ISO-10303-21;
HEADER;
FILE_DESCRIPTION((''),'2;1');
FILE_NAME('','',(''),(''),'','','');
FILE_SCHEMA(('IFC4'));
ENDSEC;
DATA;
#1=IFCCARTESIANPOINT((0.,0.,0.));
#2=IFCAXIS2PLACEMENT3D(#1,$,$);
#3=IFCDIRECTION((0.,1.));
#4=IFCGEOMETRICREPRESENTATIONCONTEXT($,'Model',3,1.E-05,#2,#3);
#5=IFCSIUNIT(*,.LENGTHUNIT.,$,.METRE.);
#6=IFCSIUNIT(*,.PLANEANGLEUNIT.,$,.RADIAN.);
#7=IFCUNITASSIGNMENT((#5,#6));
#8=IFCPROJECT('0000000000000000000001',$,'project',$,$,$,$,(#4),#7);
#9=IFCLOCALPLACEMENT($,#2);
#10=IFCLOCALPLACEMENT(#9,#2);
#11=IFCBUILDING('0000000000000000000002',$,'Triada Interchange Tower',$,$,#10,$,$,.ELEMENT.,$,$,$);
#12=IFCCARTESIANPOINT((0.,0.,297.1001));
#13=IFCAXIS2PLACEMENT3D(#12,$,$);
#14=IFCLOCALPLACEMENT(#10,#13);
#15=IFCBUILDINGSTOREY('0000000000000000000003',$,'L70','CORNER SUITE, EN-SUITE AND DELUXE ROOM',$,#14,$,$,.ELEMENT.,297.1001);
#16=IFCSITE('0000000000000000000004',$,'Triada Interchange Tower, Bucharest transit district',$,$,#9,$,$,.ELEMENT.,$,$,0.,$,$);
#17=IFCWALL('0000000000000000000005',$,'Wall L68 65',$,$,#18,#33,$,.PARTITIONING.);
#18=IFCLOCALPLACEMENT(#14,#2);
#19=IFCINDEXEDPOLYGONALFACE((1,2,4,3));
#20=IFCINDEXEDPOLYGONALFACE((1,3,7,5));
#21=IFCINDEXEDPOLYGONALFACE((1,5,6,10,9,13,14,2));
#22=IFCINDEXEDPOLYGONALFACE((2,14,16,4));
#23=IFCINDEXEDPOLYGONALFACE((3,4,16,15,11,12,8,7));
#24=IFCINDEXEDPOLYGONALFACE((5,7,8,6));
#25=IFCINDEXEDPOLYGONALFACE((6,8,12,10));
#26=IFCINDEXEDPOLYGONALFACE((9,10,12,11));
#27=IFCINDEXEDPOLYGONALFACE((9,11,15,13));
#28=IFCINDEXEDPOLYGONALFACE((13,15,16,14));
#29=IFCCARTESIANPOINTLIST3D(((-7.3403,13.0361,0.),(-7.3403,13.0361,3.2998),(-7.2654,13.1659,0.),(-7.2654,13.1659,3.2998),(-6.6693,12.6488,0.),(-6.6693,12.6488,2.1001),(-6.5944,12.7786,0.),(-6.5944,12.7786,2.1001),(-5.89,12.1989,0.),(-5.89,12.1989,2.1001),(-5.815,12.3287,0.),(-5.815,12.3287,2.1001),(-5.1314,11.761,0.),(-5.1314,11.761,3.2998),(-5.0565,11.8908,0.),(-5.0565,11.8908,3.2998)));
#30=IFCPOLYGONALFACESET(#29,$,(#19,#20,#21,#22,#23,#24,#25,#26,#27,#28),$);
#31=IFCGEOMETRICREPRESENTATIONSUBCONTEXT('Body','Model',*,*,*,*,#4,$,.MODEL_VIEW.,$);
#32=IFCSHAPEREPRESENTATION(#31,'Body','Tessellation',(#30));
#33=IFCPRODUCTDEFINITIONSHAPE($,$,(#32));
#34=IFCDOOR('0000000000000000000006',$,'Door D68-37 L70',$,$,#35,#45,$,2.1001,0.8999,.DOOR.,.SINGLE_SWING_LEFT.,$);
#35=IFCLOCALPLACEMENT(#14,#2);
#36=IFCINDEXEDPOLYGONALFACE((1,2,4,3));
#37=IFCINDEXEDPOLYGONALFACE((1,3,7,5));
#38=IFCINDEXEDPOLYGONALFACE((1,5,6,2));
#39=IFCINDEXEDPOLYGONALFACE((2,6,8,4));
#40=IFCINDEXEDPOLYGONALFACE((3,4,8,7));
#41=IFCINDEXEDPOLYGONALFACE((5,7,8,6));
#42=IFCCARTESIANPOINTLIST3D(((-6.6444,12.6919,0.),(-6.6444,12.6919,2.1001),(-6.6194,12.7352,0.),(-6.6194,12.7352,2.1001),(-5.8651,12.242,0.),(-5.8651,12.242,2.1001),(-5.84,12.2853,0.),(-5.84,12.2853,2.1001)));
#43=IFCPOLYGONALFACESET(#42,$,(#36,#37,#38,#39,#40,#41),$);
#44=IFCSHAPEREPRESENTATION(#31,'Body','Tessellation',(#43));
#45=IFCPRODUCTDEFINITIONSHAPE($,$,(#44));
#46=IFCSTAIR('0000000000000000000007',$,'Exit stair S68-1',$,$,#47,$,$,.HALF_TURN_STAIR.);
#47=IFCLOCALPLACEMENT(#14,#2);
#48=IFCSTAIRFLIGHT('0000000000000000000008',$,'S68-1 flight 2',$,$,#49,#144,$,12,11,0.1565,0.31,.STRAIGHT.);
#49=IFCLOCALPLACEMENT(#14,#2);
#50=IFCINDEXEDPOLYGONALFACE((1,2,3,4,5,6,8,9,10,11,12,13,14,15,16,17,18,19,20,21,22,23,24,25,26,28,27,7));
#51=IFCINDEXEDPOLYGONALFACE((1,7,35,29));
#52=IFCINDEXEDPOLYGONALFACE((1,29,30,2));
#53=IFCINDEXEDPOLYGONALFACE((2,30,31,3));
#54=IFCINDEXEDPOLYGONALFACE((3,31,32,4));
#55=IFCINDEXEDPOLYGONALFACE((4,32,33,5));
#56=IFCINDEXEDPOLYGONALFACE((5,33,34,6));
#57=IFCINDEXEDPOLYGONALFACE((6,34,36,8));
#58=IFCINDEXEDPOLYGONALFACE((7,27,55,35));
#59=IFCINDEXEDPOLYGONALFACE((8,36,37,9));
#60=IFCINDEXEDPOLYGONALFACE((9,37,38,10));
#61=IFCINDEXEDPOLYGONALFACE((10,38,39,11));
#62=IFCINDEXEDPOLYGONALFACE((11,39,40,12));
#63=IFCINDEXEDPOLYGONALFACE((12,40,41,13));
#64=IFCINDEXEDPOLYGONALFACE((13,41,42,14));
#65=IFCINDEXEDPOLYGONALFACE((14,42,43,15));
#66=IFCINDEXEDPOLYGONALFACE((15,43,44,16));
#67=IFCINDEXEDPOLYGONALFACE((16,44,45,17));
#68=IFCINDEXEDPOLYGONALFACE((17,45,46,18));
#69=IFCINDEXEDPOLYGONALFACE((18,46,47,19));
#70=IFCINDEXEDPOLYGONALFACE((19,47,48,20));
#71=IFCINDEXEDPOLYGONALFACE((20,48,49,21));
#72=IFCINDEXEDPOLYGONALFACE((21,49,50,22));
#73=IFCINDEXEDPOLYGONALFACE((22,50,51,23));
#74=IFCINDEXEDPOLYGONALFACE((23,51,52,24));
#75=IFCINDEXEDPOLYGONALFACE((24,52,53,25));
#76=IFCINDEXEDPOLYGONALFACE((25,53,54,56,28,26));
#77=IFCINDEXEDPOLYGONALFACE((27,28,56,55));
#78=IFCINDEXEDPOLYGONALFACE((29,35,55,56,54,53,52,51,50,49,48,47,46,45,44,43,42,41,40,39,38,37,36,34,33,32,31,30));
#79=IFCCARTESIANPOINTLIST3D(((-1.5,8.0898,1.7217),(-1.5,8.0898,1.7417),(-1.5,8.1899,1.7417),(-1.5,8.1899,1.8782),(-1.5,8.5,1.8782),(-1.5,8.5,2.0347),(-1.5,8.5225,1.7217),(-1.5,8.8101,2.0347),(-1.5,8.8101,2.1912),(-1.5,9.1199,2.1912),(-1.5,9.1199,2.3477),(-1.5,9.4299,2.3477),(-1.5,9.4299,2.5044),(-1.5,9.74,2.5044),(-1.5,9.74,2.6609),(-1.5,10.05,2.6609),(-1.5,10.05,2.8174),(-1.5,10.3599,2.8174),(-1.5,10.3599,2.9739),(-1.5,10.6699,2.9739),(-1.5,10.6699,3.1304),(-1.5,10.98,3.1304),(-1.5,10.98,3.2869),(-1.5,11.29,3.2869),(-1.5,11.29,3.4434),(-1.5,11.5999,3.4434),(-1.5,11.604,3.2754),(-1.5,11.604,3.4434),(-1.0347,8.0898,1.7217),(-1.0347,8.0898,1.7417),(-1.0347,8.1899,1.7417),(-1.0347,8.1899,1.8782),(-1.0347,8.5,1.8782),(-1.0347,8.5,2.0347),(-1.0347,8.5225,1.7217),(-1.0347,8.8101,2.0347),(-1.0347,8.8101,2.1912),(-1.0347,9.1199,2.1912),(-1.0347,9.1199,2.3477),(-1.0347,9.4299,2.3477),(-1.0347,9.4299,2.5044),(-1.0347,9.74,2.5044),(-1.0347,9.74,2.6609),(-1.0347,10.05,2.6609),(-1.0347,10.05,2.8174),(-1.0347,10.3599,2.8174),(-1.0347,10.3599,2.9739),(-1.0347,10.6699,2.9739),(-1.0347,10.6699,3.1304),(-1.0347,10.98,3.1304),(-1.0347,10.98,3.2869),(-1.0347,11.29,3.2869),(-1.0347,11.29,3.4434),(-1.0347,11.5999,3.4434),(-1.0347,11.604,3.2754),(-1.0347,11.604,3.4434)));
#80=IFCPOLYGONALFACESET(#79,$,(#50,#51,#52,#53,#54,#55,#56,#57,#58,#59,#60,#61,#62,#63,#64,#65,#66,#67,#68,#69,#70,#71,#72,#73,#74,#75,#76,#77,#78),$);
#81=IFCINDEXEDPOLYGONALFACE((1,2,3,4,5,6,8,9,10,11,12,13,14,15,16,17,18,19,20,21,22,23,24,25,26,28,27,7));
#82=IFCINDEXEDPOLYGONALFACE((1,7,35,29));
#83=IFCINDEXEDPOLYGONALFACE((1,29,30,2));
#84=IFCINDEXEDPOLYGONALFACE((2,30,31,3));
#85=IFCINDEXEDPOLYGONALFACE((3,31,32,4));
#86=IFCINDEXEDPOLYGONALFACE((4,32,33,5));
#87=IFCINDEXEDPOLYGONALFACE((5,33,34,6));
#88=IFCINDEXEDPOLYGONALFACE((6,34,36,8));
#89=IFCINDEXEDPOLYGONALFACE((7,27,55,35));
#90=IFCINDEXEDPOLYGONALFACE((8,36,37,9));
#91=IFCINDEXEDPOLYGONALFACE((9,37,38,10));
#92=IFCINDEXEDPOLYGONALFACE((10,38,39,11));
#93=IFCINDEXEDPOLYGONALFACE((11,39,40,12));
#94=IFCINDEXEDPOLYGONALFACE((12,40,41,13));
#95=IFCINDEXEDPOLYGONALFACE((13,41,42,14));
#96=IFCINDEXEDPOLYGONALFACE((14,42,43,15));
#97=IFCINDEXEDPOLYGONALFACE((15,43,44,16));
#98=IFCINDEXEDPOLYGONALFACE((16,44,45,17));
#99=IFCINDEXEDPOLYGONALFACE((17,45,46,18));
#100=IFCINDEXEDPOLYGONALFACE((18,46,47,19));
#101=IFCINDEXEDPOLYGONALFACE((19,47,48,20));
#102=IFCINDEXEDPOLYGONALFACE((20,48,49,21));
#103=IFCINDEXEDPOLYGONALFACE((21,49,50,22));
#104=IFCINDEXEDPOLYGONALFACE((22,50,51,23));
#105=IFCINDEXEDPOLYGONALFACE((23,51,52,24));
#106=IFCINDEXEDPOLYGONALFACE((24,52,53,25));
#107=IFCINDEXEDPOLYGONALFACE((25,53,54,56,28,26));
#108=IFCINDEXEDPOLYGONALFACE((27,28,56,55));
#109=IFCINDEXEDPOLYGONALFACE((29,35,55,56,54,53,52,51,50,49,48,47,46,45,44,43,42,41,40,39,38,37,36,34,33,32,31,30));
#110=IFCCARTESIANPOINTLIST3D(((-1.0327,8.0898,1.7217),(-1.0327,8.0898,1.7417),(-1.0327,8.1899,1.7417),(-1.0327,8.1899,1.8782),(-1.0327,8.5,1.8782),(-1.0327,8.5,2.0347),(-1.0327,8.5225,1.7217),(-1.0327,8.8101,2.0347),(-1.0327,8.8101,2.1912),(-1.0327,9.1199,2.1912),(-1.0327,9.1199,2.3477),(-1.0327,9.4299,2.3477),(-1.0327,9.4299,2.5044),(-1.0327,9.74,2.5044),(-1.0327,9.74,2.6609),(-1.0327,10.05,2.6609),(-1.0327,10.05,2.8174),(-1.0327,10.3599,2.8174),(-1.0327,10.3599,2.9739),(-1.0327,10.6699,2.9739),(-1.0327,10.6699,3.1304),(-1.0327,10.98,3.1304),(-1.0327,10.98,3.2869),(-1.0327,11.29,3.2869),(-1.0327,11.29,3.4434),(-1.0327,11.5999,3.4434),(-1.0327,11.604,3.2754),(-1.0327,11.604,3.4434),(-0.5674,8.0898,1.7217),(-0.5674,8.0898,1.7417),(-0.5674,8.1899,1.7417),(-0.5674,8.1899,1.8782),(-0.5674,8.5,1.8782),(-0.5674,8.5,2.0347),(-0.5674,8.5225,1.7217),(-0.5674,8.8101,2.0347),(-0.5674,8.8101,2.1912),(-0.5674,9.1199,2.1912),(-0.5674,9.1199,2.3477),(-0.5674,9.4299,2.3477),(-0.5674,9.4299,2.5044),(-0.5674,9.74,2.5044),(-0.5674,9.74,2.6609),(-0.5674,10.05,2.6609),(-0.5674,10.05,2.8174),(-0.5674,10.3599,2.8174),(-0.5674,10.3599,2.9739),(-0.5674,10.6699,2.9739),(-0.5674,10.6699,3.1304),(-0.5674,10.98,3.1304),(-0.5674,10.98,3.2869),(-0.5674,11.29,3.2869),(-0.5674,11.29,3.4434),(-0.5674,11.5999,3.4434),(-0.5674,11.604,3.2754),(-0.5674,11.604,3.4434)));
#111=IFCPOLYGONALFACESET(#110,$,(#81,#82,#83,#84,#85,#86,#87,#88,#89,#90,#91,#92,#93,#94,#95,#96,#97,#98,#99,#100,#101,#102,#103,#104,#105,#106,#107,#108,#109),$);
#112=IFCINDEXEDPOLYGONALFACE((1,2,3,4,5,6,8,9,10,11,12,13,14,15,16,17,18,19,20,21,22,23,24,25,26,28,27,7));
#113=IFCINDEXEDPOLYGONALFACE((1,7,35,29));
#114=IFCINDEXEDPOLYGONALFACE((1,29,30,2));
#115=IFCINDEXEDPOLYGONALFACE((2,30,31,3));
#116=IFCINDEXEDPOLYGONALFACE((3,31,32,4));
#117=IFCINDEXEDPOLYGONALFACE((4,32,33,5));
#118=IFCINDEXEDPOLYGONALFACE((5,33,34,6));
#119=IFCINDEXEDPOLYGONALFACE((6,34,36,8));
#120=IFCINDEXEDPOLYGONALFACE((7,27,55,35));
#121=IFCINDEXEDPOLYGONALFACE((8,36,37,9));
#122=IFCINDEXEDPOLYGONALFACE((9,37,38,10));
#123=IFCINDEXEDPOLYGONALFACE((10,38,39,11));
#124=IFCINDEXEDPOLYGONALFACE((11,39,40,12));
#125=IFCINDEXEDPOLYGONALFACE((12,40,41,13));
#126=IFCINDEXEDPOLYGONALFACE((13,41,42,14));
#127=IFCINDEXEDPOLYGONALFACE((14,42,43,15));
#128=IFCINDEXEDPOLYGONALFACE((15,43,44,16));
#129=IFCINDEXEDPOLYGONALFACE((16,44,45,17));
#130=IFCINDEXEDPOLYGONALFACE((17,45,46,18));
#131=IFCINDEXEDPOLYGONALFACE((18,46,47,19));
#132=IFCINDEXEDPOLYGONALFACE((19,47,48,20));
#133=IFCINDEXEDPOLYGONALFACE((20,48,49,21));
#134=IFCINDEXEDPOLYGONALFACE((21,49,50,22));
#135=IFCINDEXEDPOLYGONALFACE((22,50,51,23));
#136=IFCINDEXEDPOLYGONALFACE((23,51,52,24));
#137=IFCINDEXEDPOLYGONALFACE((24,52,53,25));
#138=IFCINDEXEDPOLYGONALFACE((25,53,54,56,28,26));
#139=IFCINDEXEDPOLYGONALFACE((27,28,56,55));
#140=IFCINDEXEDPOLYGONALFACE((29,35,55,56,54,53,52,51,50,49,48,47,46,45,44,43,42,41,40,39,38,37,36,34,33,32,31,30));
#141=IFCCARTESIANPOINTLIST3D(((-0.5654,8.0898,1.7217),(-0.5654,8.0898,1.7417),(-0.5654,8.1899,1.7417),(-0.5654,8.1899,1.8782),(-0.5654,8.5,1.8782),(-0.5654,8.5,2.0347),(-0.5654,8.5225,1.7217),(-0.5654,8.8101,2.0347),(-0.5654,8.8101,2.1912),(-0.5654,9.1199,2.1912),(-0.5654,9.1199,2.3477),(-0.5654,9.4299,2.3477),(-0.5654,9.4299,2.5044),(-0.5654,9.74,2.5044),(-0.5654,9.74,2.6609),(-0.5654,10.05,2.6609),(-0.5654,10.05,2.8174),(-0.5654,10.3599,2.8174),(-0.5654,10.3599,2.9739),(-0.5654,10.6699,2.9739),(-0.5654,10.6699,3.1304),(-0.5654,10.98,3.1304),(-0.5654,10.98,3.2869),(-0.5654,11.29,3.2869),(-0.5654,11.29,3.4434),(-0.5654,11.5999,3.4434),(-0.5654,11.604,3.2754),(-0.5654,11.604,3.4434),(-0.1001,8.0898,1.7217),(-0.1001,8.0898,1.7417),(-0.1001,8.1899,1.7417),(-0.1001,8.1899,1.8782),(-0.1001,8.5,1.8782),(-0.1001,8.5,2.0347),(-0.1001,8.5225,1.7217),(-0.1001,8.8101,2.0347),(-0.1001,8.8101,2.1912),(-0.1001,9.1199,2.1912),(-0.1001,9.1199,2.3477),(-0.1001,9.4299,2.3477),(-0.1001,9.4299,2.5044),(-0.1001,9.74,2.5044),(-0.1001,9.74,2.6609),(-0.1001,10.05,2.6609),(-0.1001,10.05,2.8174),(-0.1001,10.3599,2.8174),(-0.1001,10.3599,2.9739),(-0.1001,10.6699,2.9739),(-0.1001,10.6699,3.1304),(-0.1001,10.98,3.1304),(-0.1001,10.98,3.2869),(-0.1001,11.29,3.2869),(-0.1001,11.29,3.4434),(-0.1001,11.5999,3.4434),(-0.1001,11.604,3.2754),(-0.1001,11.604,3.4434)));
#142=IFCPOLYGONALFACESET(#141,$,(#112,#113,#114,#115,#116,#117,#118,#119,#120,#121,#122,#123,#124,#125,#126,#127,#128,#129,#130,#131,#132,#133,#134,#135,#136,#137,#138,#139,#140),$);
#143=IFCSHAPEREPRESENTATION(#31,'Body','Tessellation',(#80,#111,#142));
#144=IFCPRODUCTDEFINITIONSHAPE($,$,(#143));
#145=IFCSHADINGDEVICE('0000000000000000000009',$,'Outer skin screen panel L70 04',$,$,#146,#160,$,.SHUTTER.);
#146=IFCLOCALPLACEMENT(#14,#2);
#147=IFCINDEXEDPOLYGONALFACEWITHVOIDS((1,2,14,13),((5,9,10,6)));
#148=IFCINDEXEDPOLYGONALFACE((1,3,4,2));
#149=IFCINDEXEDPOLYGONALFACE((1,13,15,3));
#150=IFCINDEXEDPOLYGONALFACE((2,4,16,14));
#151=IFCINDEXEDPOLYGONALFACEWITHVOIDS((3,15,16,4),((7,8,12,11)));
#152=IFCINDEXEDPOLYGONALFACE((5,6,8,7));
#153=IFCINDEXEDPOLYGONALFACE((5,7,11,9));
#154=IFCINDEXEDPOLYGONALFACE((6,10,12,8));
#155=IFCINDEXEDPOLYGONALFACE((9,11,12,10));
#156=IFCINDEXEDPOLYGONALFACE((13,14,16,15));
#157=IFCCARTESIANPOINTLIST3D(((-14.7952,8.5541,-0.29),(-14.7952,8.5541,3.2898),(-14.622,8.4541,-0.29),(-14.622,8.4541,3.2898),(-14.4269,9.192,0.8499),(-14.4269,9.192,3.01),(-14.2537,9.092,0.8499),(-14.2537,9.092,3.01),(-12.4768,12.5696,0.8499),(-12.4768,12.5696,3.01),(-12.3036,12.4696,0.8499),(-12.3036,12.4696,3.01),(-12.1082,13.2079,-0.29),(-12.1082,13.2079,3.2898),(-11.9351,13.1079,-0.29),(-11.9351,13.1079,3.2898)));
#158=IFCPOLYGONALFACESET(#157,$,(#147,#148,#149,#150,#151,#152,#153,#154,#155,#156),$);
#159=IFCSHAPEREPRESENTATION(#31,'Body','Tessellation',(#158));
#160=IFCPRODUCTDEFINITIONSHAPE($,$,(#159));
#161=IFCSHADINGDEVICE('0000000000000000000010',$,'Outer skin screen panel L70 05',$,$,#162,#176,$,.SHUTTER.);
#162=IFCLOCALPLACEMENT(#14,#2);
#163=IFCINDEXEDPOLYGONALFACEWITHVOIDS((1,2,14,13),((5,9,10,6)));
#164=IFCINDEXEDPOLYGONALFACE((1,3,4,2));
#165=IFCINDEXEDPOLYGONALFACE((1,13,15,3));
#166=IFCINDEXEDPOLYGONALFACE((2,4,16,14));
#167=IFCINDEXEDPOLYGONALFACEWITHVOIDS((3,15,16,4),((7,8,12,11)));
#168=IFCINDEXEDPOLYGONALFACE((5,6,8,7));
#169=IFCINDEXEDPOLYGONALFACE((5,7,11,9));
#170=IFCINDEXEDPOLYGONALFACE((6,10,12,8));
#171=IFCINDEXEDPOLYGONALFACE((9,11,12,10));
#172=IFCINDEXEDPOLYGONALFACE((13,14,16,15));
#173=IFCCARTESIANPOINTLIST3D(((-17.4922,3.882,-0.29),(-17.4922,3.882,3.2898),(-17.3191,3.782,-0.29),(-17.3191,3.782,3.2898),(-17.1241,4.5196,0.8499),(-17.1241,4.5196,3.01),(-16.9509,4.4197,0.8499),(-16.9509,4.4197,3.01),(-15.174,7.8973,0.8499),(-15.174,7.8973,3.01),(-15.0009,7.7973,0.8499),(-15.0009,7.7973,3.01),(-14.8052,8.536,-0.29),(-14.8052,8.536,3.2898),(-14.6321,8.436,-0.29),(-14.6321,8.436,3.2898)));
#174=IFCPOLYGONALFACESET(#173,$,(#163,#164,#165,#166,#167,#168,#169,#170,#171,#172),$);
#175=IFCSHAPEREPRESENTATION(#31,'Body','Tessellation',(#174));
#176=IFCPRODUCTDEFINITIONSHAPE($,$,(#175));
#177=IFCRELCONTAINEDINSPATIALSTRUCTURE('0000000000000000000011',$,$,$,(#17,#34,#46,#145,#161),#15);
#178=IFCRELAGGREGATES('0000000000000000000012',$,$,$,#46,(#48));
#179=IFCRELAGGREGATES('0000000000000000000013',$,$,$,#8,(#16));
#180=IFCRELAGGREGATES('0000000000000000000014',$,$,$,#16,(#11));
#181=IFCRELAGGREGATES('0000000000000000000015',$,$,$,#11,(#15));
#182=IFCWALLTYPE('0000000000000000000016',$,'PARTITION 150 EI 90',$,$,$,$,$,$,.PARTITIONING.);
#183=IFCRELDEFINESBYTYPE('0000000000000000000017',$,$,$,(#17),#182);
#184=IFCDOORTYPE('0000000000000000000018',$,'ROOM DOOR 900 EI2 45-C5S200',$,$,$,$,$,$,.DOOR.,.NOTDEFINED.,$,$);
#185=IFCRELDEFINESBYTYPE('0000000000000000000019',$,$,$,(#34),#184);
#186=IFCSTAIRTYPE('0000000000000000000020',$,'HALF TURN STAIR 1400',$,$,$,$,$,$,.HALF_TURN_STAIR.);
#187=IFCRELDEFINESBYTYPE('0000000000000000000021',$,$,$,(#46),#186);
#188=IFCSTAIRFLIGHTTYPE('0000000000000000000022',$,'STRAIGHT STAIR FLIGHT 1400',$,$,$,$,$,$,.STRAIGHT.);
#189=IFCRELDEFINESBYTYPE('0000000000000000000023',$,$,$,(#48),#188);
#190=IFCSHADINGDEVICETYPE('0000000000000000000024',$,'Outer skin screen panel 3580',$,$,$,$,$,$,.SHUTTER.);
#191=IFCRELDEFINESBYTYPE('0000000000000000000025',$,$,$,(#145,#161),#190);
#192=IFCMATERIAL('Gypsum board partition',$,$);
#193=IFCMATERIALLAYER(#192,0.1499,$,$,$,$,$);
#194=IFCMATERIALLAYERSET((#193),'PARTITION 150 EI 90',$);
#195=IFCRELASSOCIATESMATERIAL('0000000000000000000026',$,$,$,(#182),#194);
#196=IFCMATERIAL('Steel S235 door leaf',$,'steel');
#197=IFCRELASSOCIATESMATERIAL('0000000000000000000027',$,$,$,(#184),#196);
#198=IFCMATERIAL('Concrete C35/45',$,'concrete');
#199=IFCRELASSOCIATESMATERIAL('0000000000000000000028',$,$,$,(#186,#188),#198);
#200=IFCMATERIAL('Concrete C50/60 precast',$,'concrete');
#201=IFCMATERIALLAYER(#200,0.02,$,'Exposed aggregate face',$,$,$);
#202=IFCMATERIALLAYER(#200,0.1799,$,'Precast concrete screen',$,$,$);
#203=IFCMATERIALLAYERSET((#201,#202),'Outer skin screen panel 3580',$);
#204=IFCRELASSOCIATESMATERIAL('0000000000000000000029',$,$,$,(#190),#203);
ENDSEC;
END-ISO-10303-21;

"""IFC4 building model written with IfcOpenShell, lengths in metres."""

from ifc_helpers import new_model, si_unit, direction, frame, frame_2d, origin, place, context, subcontext, project, spatial, polyline, rectangle, outline, extrude, material, layer, layer_set, type_object, element, fill, aggregate, save


model = new_model("IFC4")

# Units and contexts
model_context = context("Model", 3, precision=1e-05, world=origin(), true_north=direction((0.0, 1.0)))
body_context = subcontext(model_context, "Body", "Model", "MODEL_VIEW")
ifc_project = project(units=[si_unit("LENGTHUNIT", "METRE"), si_unit("PLANEANGLEUNIT", "RADIAN")], contexts=[model_context])

# Site, building, storey
site_placement = place(None, origin())
site = spatial("IfcSite", under=ifc_project, at=site_placement, Name="Triada Interchange Tower, Bucharest transit district", CompositionType="ELEMENT", RefElevation=0.0)
building_placement = place(site_placement, origin())
building = spatial("IfcBuilding", under=site, at=building_placement, Name="Triada Interchange Tower", CompositionType="ELEMENT")
storey_placement = place(building_placement, frame((0.0, 0.0, 297.1001)))
storey = spatial("IfcBuildingStorey", under=building, at=storey_placement, Name="L70", Description="CORNER SUITE, EN-SUITE AND DELUXE ROOM", CompositionType="ELEMENT", Elevation=297.1001)

# Shared definitions
ifc_material_1 = material(Name="Steel S235 door leaf", Category="steel")

# Shared definitions
ifc_material_2 = material(Name="Gypsum board partition")
ifc_layer_1 = layer(ifc_material_2, 0.1499)
ifc_layer_set_1 = layer_set([ifc_layer_1], Name="PARTITION 150 EI 90")
wall_type_1 = type_object("IfcWallType", Name="PARTITION 150 EI 90", PredefinedType="PARTITIONING", material=ifc_layer_set_1)

# Shared definitions
door_type_1 = type_object("IfcDoorType", Name="ROOM DOOR 900 EI2 45-C5S200", OperationType="NOTDEFINED", PredefinedType="DOOR", material=ifc_material_1)

# Wall, opening, door
wall_1_placement = place(storey_placement, frame((-7.303, 13.1011, 0.0), z_axis=(0.0, 0.0, 1.0), x_axis=(0.866061, -0.499938, 0.0)))
wall_1 = element("IfcWall", 1, at=wall_1_placement, inside=storey, type_object=wall_type_1, Name="Wall L68 65", PredefinedType="PARTITIONING", context=body_context, shape_type="SweptSolid", body=[
    extrude(rectangle(XDim=2.5505, YDim=0.1499, at=frame_2d((1.2754, 0.0))), origin(), (0.0, 0.0, 1.0), 3.2998),
])
opening_1_placement = place(wall_1_placement, frame((0.7749, 0.0, 0.0)))
opening_1 = element("IfcOpeningElement", 2, at=opening_1_placement, cuts=wall_1, PredefinedType="OPENING", context=body_context, shape_type="SweptSolid", body=[
    extrude(rectangle(XDim=0.8999, YDim=2.1001, at=frame_2d((0.45, 1.05))), frame((0.0, 0.085, 0.0), z_axis=(0.0, -1.0, 0.0), x_axis=(1.0, 0.0, 0.0)), (0.0, 0.0, 1.0), 0.1699),
])
door_1_placement = place(opening_1_placement, origin())
door_1 = element("IfcDoor", 3, at=door_1_placement, inside=storey, type_object=door_type_1, Name="Door D68-37 L70", OperationType="SINGLE_SWING_LEFT", OverallHeight=2.1001, OverallWidth=0.8999, PredefinedType="DOOR", context=body_context, shape_type="SweptSolid", body=[
    extrude(rectangle(XDim=0.8999, YDim=2.1001, at=frame_2d((0.45, 1.05))), frame((0.0, 0.0249, 0.0), z_axis=(0.0, -1.0, 0.0), x_axis=(1.0, 0.0, 0.0)), (0.0, 0.0, 1.0), 0.05),
])
fill(opening_1, door_1)

# Stair, stair flight
ifc_material_3 = material(Name="Concrete C35/45", Category="concrete")
stair_type = type_object("IfcStairType", Name="HALF TURN STAIR 1400", PredefinedType="HALF_TURN_STAIR", material=ifc_material_3)
stair_placement = place(storey_placement, origin())
stair = element("IfcStair", 4, at=stair_placement, inside=storey, type_object=stair_type, Name="Exit stair S68-1", PredefinedType="HALF_TURN_STAIR")
stair_flight_type = type_object("IfcStairFlightType", Name="STRAIGHT STAIR FLIGHT 1400", PredefinedType="STRAIGHT", material=ifc_material_3)
stair_flight_placement = place(storey_placement, frame((-0.8, 8.1899, 1.7217), z_axis=(0.0, 0.0, 1.0), x_axis=(0.0, 1.0, 0.0)))
stair_flight = element("IfcStairFlight", 5, at=stair_flight_placement, type_object=stair_flight_type, Name="S68-1 flight 2", NumberOfRisers=12, NumberOfTreads=11, PredefinedType="STRAIGHT", RiserHeight=0.1565, TreadLength=0.31, context=body_context, shape_type="SweptSolid", body=[
    extrude(outline(polyline([(-0.1001, 0.0), (-0.1001, 0.02), (0.0, 0.02), (0.0, 0.1565), (0.3101, 0.1565), (0.3101, 0.313), (0.6201, 0.313), (0.6201, 0.4695), (0.9299, 0.4695), (0.9299, 0.626), (1.24, 0.626), (1.24, 0.7827), (1.55, 0.7827), (1.55, 0.9392), (1.8601, 0.9392), (1.8601, 1.0957), (2.1699, 1.0957), (2.1699, 1.2522), (2.48, 1.2522), (2.48, 1.4087), (2.79, 1.4087), (2.79, 1.5652), (3.1001, 1.5652), (3.1001, 1.7217), (3.4099, 1.7217), (3.4141, 1.7217), (3.4141, 1.8782), (3.4141, 1.5537), (0.3325, 0.0), (-0.1001, 0.0)])), frame((0.0, 0.7, 0.0), z_axis=(0.0, -1.0, 0.0), x_axis=(1.0, 0.0, 0.0)), (0.0, 0.0, 1.0), 0.4653),
    extrude(outline(polyline([(-0.1001, 0.0), (-0.1001, 0.02), (0.0, 0.02), (0.0, 0.1565), (0.3101, 0.1565), (0.3101, 0.313), (0.6201, 0.313), (0.6201, 0.4695), (0.9299, 0.4695), (0.9299, 0.626), (1.24, 0.626), (1.24, 0.7827), (1.55, 0.7827), (1.55, 0.9392), (1.8601, 0.9392), (1.8601, 1.0957), (2.1699, 1.0957), (2.1699, 1.2522), (2.48, 1.2522), (2.48, 1.4087), (2.79, 1.4087), (2.79, 1.5652), (3.1001, 1.5652), (3.1001, 1.7217), (3.4099, 1.7217), (3.4141, 1.7217), (3.4141, 1.8782), (3.4141, 1.5537), (0.3325, 0.0), (-0.1001, 0.0)])), frame((0.0, 0.2327, 0.0), z_axis=(0.0, -1.0, 0.0), x_axis=(1.0, 0.0, 0.0)), (0.0, 0.0, 1.0), 0.4653),
    extrude(outline(polyline([(-0.1001, 0.0), (-0.1001, 0.02), (0.0, 0.02), (0.0, 0.1565), (0.3101, 0.1565), (0.3101, 0.313), (0.6201, 0.313), (0.6201, 0.4695), (0.9299, 0.4695), (0.9299, 0.626), (1.24, 0.626), (1.24, 0.7827), (1.55, 0.7827), (1.55, 0.9392), (1.8601, 0.9392), (1.8601, 1.0957), (2.1699, 1.0957), (2.1699, 1.2522), (2.48, 1.2522), (2.48, 1.4087), (2.79, 1.4087), (2.79, 1.5652), (3.1001, 1.5652), (3.1001, 1.7217), (3.4099, 1.7217), (3.4141, 1.7217), (3.4141, 1.8782), (3.4141, 1.5537), (0.3325, 0.0), (-0.1001, 0.0)])), frame((0.0, -0.2346, 0.0), z_axis=(0.0, -1.0, 0.0), x_axis=(1.0, 0.0, 0.0)), (0.0, 0.0, 1.0), 0.4653),
])

# Shading devices
ifc_material_4 = material(Name="Concrete C50/60 precast", Category="concrete")
ifc_layer_2 = layer(ifc_material_4, 0.02, Name="Exposed aggregate face")
ifc_layer_3 = layer(ifc_material_4, 0.1799, Name="Precast concrete screen")
ifc_layer_set_2 = layer_set([ifc_layer_2, ifc_layer_3], Name="Outer skin screen panel 3580")
shading_device_type = type_object("IfcShadingDeviceType", Name="Outer skin screen panel 3580", PredefinedType="SHUTTER", material=ifc_layer_set_2)
shading_device_1_placement = place(storey_placement, frame((-11.9351, 13.1079, -0.29), z_axis=(0.0, 0.0, 1.0), x_axis=(-0.500019, -0.866015, 0.0)))
element("IfcShadingDevice", 6, at=shading_device_1_placement, inside=storey, type_object=shading_device_type, Name="Outer skin screen panel L70 04", PredefinedType="SHUTTER", context=body_context, shape_type="SweptSolid", body=[
    extrude(outline(polyline([(0.0, 0.0), (5.3738, 0.0), (5.3738, 3.5798), (0.0, 3.5798), (0.0, 0.0)]), holes=[polyline([(0.7371, 1.1399), (0.7371, 3.3), (4.6372, 3.3), (4.6372, 1.1399), (0.7371, 1.1399)])]), frame((0.0, 0.0, 0.0), z_axis=(0.0, -1.0, 0.0), x_axis=(1.0, 0.0, 0.0)), (0.0, 0.0, 1.0), 0.2),
])
shading_device_2_placement = place(storey_placement, frame((-14.6321, 8.436, -0.29), z_axis=(0.0, 0.0, 1.0), x_axis=(-0.499999, -0.866026, 0.0)))
element("IfcShadingDevice", 7, at=shading_device_2_placement, inside=storey, type_object=shading_device_type, Name="Outer skin screen panel L70 05", PredefinedType="SHUTTER", context=body_context, shape_type="SweptSolid", body=[
    extrude(outline(polyline([(0.0, 0.0), (5.374, 0.0), (5.374, 3.5798), (0.0, 3.5798), (0.0, 0.0)]), holes=[polyline([(0.7375, 1.1399), (0.7375, 3.3), (4.6377, 3.3), (4.6377, 1.1399), (0.7375, 1.1399)])]), frame((0.0, 0.0, 0.0), z_axis=(0.0, -1.0, 0.0), x_axis=(1.0, 0.0, 0.0)), (0.0, 0.0, 1.0), 0.2),
])

aggregate(stair, [stair_flight])

save(model, "model.ifc")
